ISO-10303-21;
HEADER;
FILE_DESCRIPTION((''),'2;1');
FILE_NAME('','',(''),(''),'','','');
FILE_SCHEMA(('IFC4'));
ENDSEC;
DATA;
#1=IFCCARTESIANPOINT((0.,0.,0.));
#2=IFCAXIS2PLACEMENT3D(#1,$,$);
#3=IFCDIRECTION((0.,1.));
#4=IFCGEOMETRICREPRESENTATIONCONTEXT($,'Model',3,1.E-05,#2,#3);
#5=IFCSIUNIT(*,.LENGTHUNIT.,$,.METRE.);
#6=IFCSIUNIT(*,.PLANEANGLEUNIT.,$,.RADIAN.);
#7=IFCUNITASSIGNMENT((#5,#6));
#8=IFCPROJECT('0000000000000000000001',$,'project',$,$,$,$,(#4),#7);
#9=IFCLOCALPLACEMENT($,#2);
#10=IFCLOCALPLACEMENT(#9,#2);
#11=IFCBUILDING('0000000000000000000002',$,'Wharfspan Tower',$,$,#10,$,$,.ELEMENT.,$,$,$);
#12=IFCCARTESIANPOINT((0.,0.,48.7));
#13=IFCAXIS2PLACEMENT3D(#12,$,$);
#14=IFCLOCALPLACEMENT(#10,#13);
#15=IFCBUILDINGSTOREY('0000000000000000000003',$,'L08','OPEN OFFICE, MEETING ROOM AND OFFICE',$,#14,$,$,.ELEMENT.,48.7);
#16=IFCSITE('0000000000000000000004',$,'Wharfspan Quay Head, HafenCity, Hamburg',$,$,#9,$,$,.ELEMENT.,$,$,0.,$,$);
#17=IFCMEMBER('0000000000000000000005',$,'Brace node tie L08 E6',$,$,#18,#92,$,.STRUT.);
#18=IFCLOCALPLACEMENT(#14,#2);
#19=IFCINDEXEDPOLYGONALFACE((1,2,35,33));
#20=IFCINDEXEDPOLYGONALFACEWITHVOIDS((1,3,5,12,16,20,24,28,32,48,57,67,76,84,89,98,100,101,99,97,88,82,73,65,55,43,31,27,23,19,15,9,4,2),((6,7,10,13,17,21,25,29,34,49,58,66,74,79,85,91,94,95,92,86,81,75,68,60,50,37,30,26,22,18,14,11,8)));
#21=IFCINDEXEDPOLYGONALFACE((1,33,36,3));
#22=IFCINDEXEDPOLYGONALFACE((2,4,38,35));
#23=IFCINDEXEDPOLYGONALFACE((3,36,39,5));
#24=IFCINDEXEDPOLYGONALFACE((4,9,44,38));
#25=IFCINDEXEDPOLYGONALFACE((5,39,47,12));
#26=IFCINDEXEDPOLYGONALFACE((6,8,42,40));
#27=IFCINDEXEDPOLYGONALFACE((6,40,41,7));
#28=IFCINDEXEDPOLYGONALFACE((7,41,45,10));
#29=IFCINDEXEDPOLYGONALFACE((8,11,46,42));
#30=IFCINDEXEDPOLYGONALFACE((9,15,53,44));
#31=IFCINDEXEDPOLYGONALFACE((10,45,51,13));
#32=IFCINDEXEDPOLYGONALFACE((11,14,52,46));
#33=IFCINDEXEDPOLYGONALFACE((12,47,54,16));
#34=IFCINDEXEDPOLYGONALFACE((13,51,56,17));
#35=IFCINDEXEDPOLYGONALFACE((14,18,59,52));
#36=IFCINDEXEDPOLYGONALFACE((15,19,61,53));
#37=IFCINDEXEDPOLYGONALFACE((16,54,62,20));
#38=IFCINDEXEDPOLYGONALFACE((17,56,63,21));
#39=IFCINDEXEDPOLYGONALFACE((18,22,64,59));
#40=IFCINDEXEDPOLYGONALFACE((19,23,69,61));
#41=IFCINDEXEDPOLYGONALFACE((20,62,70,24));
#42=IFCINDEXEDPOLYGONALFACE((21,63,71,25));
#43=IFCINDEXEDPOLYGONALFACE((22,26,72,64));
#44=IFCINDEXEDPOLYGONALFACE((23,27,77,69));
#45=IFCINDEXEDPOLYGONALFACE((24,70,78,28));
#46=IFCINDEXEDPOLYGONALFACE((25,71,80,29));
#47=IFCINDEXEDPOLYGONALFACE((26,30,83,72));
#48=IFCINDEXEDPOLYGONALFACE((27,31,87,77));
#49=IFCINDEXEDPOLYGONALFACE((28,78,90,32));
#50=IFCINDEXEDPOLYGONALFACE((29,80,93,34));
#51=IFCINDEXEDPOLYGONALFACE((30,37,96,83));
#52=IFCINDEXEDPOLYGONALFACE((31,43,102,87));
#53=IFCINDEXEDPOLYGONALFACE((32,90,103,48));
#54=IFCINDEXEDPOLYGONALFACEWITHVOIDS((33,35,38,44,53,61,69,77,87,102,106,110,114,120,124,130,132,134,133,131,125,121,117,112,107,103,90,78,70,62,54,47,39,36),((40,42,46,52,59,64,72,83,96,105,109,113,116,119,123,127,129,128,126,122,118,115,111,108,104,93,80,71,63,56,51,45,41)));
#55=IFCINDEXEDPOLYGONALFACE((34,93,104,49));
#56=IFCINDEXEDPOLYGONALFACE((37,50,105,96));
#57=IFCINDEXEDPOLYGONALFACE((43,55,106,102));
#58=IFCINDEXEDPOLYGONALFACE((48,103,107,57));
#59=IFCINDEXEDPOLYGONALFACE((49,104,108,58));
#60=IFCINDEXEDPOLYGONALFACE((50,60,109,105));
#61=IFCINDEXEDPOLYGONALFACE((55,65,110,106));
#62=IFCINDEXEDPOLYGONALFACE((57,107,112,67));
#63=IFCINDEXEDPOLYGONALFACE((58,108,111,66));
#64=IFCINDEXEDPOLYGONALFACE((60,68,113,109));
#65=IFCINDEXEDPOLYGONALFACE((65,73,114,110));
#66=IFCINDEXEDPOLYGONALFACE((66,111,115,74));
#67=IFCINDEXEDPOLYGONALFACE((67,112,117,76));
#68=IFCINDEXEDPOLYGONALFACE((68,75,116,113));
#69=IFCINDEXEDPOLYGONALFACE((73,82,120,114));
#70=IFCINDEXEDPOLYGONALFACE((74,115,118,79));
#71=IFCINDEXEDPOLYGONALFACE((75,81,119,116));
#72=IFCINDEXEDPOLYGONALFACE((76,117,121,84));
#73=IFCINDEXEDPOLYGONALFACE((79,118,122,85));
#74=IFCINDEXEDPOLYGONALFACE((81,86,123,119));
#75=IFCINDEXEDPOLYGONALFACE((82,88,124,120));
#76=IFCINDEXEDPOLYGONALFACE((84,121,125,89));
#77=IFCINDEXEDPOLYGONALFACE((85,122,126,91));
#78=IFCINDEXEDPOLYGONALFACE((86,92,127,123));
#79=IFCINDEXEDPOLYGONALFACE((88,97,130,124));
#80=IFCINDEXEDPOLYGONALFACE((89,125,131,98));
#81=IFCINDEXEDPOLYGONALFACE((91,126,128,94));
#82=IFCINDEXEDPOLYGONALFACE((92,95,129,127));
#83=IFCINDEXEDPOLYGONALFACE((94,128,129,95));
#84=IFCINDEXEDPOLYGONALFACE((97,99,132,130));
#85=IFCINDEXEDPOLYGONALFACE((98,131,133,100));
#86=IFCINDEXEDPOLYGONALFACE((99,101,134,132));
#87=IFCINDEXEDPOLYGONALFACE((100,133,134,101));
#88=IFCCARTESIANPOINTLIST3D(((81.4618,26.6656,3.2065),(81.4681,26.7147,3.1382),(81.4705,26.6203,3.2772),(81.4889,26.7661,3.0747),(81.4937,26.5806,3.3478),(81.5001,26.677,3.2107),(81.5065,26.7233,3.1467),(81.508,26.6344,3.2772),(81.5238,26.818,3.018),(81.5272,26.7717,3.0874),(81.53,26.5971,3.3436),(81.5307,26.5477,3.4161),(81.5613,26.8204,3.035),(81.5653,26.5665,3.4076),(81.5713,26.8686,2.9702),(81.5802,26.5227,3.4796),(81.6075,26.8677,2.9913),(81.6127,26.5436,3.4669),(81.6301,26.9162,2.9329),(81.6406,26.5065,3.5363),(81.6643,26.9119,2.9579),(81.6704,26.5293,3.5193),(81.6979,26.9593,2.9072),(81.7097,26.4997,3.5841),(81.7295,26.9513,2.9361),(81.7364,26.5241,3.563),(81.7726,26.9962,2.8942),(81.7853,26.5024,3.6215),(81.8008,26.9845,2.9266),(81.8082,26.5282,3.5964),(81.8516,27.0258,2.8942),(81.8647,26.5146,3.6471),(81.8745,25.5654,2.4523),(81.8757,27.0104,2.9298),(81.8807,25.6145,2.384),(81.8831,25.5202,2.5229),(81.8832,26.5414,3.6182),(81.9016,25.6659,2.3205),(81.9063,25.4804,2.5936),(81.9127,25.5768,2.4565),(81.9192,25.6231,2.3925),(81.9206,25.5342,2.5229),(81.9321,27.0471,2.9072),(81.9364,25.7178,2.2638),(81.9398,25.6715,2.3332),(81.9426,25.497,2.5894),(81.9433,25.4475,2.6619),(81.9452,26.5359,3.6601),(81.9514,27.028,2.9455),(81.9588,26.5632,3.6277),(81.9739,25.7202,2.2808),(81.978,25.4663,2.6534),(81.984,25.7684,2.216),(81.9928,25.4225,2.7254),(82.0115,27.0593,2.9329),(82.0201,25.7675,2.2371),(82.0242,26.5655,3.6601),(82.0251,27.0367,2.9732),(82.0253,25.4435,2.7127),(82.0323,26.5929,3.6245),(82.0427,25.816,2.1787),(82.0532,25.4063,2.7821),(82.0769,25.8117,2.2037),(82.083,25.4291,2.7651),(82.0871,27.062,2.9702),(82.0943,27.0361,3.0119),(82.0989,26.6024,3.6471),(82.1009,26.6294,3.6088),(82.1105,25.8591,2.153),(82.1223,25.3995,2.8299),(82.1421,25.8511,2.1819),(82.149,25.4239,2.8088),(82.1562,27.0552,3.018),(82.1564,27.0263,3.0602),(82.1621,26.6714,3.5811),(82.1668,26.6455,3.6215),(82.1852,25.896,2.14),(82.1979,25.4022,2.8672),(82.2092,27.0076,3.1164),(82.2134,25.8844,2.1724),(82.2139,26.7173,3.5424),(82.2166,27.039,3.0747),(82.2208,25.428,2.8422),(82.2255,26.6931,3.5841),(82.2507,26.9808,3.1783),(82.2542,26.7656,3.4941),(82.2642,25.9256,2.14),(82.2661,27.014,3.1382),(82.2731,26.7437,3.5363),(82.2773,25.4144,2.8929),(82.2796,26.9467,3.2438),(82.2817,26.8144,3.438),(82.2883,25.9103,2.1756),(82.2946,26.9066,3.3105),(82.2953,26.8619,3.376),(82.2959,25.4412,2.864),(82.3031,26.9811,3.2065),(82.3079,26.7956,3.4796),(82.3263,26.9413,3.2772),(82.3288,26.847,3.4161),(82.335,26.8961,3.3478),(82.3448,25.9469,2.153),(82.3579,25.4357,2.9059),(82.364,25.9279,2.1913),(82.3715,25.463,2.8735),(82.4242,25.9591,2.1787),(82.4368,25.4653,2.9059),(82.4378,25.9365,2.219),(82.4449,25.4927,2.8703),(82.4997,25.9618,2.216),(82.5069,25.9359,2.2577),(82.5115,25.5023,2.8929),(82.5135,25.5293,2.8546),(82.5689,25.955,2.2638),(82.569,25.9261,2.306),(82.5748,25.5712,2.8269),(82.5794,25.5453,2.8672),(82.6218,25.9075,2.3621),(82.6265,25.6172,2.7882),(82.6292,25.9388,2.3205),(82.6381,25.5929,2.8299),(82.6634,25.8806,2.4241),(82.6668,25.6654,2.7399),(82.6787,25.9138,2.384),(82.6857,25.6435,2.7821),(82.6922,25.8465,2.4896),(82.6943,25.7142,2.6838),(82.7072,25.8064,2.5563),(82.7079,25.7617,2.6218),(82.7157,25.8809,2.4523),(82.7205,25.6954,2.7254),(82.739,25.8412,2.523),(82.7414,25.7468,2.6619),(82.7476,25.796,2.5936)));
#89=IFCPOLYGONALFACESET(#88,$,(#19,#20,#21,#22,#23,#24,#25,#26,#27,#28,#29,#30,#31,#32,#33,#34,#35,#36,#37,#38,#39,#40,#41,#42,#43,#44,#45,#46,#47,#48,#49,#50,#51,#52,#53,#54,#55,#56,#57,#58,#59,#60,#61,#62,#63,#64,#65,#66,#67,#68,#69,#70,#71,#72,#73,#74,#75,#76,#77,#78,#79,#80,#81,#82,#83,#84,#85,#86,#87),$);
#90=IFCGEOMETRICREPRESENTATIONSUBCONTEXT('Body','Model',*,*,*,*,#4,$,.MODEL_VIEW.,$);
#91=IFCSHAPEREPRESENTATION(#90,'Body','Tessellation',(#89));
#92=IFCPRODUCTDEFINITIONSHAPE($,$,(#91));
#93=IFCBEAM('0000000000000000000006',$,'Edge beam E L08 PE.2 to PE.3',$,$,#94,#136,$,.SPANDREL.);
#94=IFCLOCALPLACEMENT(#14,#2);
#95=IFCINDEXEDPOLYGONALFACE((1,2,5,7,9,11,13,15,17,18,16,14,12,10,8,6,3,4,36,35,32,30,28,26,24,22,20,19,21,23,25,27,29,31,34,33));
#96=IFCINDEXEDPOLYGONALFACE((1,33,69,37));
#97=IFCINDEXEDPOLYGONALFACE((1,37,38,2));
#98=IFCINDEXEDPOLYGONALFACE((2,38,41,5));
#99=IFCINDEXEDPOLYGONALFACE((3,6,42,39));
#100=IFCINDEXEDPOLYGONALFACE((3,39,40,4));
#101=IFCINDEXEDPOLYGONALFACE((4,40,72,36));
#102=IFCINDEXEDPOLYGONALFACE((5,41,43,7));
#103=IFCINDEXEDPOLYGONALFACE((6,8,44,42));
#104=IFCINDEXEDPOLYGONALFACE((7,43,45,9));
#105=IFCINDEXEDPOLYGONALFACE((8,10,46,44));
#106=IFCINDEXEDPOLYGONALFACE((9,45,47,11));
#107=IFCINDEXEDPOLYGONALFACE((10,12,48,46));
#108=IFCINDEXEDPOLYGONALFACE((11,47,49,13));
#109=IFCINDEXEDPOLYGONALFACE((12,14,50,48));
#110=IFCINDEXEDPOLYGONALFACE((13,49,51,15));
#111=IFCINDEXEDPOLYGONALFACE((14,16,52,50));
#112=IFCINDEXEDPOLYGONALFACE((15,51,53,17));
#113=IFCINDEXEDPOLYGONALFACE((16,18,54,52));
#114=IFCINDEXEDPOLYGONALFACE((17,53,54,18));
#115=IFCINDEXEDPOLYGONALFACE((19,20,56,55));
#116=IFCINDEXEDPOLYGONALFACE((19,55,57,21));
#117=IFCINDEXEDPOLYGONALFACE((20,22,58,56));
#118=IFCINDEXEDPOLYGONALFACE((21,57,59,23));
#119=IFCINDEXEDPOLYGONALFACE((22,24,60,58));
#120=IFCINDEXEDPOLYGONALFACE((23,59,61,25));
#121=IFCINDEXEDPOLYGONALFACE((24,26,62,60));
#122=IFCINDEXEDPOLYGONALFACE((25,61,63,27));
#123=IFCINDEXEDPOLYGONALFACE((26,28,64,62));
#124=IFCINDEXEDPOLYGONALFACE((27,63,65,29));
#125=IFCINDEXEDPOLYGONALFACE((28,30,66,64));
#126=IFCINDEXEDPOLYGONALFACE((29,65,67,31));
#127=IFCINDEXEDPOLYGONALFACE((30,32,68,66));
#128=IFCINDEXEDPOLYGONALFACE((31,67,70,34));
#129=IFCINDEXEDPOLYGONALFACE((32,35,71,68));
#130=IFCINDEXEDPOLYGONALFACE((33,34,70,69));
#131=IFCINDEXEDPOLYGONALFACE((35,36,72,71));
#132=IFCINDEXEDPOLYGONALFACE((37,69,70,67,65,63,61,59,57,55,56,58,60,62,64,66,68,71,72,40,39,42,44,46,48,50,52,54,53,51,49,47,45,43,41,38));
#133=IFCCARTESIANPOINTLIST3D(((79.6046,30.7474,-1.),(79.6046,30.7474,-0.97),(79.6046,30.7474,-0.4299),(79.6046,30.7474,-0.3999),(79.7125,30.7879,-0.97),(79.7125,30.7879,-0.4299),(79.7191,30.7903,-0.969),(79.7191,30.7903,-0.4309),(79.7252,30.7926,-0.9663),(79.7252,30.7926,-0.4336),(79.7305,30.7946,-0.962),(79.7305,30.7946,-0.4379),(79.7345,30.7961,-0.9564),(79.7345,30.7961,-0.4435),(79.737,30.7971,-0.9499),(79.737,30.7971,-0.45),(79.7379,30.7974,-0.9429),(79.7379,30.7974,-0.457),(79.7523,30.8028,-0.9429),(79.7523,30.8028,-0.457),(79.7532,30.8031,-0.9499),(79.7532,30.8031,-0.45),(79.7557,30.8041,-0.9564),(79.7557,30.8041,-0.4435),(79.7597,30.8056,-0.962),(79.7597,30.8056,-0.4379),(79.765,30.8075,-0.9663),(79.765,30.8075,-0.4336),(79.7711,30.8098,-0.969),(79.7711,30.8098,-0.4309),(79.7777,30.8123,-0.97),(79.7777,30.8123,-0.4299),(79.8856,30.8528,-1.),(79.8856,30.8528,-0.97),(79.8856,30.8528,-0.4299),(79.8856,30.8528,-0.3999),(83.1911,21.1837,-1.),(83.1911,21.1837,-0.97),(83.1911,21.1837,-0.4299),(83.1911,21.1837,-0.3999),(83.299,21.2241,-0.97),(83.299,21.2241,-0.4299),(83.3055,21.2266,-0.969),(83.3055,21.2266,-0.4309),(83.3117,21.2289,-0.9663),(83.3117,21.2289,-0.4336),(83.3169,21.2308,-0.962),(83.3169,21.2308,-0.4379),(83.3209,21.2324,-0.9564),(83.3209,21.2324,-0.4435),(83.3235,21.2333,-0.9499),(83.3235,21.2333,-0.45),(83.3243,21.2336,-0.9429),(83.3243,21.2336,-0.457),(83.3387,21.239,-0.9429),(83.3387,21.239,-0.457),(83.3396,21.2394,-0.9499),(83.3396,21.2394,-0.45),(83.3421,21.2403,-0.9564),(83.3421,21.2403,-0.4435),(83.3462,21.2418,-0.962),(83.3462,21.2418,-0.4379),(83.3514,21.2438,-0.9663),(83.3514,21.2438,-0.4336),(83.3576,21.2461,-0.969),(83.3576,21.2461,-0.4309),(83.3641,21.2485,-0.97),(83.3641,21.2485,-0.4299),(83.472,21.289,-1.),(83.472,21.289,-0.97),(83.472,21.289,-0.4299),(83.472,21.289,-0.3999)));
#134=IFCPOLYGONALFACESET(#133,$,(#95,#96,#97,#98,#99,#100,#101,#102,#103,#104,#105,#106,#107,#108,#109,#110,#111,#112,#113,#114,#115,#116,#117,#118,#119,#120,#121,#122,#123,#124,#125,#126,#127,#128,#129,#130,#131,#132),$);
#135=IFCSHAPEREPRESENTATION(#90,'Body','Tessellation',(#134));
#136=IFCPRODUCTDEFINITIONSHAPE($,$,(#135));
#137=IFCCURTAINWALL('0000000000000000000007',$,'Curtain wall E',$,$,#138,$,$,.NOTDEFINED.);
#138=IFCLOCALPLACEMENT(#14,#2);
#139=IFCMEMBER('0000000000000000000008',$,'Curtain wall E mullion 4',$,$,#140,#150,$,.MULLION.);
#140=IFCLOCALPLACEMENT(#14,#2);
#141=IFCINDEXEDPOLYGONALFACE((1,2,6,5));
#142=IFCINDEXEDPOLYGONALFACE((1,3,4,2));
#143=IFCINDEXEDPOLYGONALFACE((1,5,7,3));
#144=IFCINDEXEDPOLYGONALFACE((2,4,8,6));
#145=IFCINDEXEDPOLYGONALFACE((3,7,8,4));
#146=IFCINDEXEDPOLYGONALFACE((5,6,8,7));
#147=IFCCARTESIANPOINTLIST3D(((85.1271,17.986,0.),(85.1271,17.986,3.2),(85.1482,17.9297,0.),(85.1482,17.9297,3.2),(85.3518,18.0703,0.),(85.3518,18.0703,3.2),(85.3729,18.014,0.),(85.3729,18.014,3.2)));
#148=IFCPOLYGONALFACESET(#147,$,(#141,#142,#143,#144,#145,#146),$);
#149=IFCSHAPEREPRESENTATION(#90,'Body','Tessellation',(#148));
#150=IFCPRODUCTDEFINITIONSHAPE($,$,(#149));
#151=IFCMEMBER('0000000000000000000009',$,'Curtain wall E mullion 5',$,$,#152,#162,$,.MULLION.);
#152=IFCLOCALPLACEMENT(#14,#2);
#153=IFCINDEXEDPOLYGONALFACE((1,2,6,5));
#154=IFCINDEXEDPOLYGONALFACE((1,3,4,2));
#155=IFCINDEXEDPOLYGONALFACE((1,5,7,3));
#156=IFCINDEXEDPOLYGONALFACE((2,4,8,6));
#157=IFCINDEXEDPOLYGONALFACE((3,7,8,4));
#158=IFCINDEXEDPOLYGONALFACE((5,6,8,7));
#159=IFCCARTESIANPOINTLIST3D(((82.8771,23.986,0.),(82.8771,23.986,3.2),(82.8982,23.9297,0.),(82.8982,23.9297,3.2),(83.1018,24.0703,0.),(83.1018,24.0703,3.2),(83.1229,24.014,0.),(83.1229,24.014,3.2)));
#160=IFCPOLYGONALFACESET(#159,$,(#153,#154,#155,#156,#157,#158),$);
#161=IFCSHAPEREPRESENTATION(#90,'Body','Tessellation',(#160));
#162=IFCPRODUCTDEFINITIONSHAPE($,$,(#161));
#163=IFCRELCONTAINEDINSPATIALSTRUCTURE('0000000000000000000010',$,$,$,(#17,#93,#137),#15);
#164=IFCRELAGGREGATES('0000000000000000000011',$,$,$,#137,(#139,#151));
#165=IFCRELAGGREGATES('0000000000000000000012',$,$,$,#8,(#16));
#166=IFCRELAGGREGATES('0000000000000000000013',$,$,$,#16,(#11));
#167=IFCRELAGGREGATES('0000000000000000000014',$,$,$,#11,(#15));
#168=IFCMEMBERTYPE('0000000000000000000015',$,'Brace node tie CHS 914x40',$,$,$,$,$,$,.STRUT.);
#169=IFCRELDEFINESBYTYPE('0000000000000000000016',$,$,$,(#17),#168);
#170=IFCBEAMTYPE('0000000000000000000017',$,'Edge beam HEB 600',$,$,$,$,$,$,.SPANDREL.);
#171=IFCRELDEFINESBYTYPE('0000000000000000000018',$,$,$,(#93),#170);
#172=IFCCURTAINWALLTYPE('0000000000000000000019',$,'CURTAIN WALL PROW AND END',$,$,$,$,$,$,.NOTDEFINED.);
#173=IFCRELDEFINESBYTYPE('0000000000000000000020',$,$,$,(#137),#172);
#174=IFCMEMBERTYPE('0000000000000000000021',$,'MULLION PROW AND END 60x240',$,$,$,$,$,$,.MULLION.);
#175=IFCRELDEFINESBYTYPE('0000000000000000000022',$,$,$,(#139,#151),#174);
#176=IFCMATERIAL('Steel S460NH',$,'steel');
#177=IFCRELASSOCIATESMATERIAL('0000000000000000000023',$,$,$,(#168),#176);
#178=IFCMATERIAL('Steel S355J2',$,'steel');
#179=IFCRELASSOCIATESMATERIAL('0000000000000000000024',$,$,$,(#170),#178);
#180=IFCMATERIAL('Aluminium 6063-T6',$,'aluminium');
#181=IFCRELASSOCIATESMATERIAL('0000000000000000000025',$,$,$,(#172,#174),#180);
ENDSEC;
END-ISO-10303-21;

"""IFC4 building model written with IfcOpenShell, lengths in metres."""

from ifc_helpers import new_model, si_unit, direction, frame, origin, origin_2d, place, context, subcontext, project, spatial, rectangle, hollow_circle, i_section, extrude, material, material_profile, profile_set, type_object, element, aggregate, save


model = new_model("IFC4")

# Units and contexts
model_context = context("Model", 3, precision=1e-05, world=origin(), true_north=direction((0.0, 1.0)))
body_context = subcontext(model_context, "Body", "Model", "MODEL_VIEW")
ifc_project = project(units=[si_unit("LENGTHUNIT", "METRE"), si_unit("PLANEANGLEUNIT", "RADIAN")], contexts=[model_context])

# Site, building, storey
site_placement = place(None, origin())
site = spatial("IfcSite", under=ifc_project, at=site_placement, Name="Wharfspan Quay Head, HafenCity, Hamburg", CompositionType="ELEMENT", RefElevation=0.0)
building_placement = place(site_placement, origin())
building = spatial("IfcBuilding", under=site, at=building_placement, Name="Wharfspan Tower", CompositionType="ELEMENT")
storey_placement = place(building_placement, frame((0.0, 0.0, 48.7)))
storey = spatial("IfcBuildingStorey", under=building, at=storey_placement, Name="L08", Description="OPEN OFFICE, MEETING ROOM AND OFFICE", CompositionType="ELEMENT", Elevation=48.7)

# Shared definitions
ifc_material_1 = material(Name="Steel S355J2", Category="steel")

# Member
ifc_material_2 = material(Name="Steel S460NH", Category="steel")
ifc_material_profile_1 = material_profile(ifc_material_2, hollow_circle(Radius=0.457, WallThickness=0.04, at=origin_2d()))
ifc_profile_set_1 = profile_set([ifc_material_profile_1], Name="Steel S460NH")
member_type_1 = type_object("IfcMemberType", Name="Brace node tie CHS 914x40", PredefinedType="STRUT", material=ifc_profile_set_1)
for number, where, z_axis, x_axis, name in (
    (1, (82.311, 25.6807, 2.5229), (-0.295528, 0.787959, 0.54017), (-0.936316, -0.351168, -0.000003), "Brace node tie L08 E6"),
):
    element("IfcMember", number, at=place(storey_placement, frame(where, z_axis=z_axis, x_axis=x_axis)), inside=storey, type_object=member_type_1, Name=name, PredefinedType="STRUT", context=body_context, shape_type="SweptSolid", body=[
        extrude(hollow_circle(Radius=0.457, WallThickness=0.04, at=origin_2d()), origin(), (0.0, 0.0, 1.0), 1.3962),
    ])

# Beam
ifc_material_profile_2 = material_profile(ifc_material_1, i_section(OverallWidth=0.3, OverallDepth=0.6001, WebThickness=0.0154, FlangeThickness=0.03, FilletRadius=0.0271, at=origin_2d()))
ifc_profile_set_2 = profile_set([ifc_material_profile_2], Name="Steel S355J2")
beam_type = type_object("IfcBeamType", Name="Edge beam HEB 600", PredefinedType="SPANDREL", material=ifc_profile_set_2)
beam_placement = place(storey_placement, frame((83.3315, 21.2363, -0.7), z_axis=(-0.351126, 0.936328, 0.0), x_axis=(-0.936328, -0.351126, 0.0)))
element("IfcBeam", 2, at=beam_placement, inside=storey, type_object=beam_type, Name="Edge beam E L08 PE.2 to PE.3", PredefinedType="SPANDREL", context=body_context, shape_type="SweptSolid", body=[
    extrude(i_section(OverallWidth=0.3, OverallDepth=0.6001, WebThickness=0.0154, FlangeThickness=0.03, FilletRadius=0.0271, at=origin_2d()), origin(), (0.0, 0.0, 1.0), 10.2141),
])

# Curtain wall, members
ifc_material_3 = material(Name="Aluminium 6063-T6", Category="aluminium")
curtain_wall_type = type_object("IfcCurtainWallType", Name="CURTAIN WALL PROW AND END", PredefinedType="NOTDEFINED", material=ifc_material_3)
curtain_wall_placement = place(storey_placement, origin())
curtain_wall = element("IfcCurtainWall", 3, at=curtain_wall_placement, inside=storey, type_object=curtain_wall_type, Name="Curtain wall E", PredefinedType="NOTDEFINED")
ifc_material_profile_3 = material_profile(ifc_material_3, rectangle(XDim=0.24, YDim=0.0601, at=origin_2d()))
ifc_profile_set_3 = profile_set([ifc_material_profile_3], Name="Aluminium 6063-T6")
member_type_2 = type_object("IfcMemberType", Name="MULLION PROW AND END 60x240", PredefinedType="MULLION", material=ifc_profile_set_3)
member_1_placement = place(storey_placement, frame((85.25, 18.0, 0.0), z_axis=(0.0, 0.0, 1.0), x_axis=(-0.936328, -0.351123, 0.0)))
member_1 = element("IfcMember", 4, at=member_1_placement, type_object=member_type_2, Name="Curtain wall E mullion 4", PredefinedType="MULLION", context=body_context, shape_type="SweptSolid", body=[
    extrude(rectangle(XDim=0.24, YDim=0.0601, at=origin_2d()), origin(), (0.0, 0.0, 1.0), 3.2),
])
member_2_placement = place(storey_placement, frame((83.0, 24.0, 0.0), z_axis=(0.0, 0.0, 1.0), x_axis=(-0.936328, -0.351123, 0.0)))
member_2 = element("IfcMember", 5, at=member_2_placement, type_object=member_type_2, Name="Curtain wall E mullion 5", PredefinedType="MULLION", context=body_context, shape_type="SweptSolid", body=[
    extrude(rectangle(XDim=0.24, YDim=0.0601, at=origin_2d()), origin(), (0.0, 0.0, 1.0), 3.2),
])

aggregate(curtain_wall, [member_1, member_2])

save(model, "model.ifc")
